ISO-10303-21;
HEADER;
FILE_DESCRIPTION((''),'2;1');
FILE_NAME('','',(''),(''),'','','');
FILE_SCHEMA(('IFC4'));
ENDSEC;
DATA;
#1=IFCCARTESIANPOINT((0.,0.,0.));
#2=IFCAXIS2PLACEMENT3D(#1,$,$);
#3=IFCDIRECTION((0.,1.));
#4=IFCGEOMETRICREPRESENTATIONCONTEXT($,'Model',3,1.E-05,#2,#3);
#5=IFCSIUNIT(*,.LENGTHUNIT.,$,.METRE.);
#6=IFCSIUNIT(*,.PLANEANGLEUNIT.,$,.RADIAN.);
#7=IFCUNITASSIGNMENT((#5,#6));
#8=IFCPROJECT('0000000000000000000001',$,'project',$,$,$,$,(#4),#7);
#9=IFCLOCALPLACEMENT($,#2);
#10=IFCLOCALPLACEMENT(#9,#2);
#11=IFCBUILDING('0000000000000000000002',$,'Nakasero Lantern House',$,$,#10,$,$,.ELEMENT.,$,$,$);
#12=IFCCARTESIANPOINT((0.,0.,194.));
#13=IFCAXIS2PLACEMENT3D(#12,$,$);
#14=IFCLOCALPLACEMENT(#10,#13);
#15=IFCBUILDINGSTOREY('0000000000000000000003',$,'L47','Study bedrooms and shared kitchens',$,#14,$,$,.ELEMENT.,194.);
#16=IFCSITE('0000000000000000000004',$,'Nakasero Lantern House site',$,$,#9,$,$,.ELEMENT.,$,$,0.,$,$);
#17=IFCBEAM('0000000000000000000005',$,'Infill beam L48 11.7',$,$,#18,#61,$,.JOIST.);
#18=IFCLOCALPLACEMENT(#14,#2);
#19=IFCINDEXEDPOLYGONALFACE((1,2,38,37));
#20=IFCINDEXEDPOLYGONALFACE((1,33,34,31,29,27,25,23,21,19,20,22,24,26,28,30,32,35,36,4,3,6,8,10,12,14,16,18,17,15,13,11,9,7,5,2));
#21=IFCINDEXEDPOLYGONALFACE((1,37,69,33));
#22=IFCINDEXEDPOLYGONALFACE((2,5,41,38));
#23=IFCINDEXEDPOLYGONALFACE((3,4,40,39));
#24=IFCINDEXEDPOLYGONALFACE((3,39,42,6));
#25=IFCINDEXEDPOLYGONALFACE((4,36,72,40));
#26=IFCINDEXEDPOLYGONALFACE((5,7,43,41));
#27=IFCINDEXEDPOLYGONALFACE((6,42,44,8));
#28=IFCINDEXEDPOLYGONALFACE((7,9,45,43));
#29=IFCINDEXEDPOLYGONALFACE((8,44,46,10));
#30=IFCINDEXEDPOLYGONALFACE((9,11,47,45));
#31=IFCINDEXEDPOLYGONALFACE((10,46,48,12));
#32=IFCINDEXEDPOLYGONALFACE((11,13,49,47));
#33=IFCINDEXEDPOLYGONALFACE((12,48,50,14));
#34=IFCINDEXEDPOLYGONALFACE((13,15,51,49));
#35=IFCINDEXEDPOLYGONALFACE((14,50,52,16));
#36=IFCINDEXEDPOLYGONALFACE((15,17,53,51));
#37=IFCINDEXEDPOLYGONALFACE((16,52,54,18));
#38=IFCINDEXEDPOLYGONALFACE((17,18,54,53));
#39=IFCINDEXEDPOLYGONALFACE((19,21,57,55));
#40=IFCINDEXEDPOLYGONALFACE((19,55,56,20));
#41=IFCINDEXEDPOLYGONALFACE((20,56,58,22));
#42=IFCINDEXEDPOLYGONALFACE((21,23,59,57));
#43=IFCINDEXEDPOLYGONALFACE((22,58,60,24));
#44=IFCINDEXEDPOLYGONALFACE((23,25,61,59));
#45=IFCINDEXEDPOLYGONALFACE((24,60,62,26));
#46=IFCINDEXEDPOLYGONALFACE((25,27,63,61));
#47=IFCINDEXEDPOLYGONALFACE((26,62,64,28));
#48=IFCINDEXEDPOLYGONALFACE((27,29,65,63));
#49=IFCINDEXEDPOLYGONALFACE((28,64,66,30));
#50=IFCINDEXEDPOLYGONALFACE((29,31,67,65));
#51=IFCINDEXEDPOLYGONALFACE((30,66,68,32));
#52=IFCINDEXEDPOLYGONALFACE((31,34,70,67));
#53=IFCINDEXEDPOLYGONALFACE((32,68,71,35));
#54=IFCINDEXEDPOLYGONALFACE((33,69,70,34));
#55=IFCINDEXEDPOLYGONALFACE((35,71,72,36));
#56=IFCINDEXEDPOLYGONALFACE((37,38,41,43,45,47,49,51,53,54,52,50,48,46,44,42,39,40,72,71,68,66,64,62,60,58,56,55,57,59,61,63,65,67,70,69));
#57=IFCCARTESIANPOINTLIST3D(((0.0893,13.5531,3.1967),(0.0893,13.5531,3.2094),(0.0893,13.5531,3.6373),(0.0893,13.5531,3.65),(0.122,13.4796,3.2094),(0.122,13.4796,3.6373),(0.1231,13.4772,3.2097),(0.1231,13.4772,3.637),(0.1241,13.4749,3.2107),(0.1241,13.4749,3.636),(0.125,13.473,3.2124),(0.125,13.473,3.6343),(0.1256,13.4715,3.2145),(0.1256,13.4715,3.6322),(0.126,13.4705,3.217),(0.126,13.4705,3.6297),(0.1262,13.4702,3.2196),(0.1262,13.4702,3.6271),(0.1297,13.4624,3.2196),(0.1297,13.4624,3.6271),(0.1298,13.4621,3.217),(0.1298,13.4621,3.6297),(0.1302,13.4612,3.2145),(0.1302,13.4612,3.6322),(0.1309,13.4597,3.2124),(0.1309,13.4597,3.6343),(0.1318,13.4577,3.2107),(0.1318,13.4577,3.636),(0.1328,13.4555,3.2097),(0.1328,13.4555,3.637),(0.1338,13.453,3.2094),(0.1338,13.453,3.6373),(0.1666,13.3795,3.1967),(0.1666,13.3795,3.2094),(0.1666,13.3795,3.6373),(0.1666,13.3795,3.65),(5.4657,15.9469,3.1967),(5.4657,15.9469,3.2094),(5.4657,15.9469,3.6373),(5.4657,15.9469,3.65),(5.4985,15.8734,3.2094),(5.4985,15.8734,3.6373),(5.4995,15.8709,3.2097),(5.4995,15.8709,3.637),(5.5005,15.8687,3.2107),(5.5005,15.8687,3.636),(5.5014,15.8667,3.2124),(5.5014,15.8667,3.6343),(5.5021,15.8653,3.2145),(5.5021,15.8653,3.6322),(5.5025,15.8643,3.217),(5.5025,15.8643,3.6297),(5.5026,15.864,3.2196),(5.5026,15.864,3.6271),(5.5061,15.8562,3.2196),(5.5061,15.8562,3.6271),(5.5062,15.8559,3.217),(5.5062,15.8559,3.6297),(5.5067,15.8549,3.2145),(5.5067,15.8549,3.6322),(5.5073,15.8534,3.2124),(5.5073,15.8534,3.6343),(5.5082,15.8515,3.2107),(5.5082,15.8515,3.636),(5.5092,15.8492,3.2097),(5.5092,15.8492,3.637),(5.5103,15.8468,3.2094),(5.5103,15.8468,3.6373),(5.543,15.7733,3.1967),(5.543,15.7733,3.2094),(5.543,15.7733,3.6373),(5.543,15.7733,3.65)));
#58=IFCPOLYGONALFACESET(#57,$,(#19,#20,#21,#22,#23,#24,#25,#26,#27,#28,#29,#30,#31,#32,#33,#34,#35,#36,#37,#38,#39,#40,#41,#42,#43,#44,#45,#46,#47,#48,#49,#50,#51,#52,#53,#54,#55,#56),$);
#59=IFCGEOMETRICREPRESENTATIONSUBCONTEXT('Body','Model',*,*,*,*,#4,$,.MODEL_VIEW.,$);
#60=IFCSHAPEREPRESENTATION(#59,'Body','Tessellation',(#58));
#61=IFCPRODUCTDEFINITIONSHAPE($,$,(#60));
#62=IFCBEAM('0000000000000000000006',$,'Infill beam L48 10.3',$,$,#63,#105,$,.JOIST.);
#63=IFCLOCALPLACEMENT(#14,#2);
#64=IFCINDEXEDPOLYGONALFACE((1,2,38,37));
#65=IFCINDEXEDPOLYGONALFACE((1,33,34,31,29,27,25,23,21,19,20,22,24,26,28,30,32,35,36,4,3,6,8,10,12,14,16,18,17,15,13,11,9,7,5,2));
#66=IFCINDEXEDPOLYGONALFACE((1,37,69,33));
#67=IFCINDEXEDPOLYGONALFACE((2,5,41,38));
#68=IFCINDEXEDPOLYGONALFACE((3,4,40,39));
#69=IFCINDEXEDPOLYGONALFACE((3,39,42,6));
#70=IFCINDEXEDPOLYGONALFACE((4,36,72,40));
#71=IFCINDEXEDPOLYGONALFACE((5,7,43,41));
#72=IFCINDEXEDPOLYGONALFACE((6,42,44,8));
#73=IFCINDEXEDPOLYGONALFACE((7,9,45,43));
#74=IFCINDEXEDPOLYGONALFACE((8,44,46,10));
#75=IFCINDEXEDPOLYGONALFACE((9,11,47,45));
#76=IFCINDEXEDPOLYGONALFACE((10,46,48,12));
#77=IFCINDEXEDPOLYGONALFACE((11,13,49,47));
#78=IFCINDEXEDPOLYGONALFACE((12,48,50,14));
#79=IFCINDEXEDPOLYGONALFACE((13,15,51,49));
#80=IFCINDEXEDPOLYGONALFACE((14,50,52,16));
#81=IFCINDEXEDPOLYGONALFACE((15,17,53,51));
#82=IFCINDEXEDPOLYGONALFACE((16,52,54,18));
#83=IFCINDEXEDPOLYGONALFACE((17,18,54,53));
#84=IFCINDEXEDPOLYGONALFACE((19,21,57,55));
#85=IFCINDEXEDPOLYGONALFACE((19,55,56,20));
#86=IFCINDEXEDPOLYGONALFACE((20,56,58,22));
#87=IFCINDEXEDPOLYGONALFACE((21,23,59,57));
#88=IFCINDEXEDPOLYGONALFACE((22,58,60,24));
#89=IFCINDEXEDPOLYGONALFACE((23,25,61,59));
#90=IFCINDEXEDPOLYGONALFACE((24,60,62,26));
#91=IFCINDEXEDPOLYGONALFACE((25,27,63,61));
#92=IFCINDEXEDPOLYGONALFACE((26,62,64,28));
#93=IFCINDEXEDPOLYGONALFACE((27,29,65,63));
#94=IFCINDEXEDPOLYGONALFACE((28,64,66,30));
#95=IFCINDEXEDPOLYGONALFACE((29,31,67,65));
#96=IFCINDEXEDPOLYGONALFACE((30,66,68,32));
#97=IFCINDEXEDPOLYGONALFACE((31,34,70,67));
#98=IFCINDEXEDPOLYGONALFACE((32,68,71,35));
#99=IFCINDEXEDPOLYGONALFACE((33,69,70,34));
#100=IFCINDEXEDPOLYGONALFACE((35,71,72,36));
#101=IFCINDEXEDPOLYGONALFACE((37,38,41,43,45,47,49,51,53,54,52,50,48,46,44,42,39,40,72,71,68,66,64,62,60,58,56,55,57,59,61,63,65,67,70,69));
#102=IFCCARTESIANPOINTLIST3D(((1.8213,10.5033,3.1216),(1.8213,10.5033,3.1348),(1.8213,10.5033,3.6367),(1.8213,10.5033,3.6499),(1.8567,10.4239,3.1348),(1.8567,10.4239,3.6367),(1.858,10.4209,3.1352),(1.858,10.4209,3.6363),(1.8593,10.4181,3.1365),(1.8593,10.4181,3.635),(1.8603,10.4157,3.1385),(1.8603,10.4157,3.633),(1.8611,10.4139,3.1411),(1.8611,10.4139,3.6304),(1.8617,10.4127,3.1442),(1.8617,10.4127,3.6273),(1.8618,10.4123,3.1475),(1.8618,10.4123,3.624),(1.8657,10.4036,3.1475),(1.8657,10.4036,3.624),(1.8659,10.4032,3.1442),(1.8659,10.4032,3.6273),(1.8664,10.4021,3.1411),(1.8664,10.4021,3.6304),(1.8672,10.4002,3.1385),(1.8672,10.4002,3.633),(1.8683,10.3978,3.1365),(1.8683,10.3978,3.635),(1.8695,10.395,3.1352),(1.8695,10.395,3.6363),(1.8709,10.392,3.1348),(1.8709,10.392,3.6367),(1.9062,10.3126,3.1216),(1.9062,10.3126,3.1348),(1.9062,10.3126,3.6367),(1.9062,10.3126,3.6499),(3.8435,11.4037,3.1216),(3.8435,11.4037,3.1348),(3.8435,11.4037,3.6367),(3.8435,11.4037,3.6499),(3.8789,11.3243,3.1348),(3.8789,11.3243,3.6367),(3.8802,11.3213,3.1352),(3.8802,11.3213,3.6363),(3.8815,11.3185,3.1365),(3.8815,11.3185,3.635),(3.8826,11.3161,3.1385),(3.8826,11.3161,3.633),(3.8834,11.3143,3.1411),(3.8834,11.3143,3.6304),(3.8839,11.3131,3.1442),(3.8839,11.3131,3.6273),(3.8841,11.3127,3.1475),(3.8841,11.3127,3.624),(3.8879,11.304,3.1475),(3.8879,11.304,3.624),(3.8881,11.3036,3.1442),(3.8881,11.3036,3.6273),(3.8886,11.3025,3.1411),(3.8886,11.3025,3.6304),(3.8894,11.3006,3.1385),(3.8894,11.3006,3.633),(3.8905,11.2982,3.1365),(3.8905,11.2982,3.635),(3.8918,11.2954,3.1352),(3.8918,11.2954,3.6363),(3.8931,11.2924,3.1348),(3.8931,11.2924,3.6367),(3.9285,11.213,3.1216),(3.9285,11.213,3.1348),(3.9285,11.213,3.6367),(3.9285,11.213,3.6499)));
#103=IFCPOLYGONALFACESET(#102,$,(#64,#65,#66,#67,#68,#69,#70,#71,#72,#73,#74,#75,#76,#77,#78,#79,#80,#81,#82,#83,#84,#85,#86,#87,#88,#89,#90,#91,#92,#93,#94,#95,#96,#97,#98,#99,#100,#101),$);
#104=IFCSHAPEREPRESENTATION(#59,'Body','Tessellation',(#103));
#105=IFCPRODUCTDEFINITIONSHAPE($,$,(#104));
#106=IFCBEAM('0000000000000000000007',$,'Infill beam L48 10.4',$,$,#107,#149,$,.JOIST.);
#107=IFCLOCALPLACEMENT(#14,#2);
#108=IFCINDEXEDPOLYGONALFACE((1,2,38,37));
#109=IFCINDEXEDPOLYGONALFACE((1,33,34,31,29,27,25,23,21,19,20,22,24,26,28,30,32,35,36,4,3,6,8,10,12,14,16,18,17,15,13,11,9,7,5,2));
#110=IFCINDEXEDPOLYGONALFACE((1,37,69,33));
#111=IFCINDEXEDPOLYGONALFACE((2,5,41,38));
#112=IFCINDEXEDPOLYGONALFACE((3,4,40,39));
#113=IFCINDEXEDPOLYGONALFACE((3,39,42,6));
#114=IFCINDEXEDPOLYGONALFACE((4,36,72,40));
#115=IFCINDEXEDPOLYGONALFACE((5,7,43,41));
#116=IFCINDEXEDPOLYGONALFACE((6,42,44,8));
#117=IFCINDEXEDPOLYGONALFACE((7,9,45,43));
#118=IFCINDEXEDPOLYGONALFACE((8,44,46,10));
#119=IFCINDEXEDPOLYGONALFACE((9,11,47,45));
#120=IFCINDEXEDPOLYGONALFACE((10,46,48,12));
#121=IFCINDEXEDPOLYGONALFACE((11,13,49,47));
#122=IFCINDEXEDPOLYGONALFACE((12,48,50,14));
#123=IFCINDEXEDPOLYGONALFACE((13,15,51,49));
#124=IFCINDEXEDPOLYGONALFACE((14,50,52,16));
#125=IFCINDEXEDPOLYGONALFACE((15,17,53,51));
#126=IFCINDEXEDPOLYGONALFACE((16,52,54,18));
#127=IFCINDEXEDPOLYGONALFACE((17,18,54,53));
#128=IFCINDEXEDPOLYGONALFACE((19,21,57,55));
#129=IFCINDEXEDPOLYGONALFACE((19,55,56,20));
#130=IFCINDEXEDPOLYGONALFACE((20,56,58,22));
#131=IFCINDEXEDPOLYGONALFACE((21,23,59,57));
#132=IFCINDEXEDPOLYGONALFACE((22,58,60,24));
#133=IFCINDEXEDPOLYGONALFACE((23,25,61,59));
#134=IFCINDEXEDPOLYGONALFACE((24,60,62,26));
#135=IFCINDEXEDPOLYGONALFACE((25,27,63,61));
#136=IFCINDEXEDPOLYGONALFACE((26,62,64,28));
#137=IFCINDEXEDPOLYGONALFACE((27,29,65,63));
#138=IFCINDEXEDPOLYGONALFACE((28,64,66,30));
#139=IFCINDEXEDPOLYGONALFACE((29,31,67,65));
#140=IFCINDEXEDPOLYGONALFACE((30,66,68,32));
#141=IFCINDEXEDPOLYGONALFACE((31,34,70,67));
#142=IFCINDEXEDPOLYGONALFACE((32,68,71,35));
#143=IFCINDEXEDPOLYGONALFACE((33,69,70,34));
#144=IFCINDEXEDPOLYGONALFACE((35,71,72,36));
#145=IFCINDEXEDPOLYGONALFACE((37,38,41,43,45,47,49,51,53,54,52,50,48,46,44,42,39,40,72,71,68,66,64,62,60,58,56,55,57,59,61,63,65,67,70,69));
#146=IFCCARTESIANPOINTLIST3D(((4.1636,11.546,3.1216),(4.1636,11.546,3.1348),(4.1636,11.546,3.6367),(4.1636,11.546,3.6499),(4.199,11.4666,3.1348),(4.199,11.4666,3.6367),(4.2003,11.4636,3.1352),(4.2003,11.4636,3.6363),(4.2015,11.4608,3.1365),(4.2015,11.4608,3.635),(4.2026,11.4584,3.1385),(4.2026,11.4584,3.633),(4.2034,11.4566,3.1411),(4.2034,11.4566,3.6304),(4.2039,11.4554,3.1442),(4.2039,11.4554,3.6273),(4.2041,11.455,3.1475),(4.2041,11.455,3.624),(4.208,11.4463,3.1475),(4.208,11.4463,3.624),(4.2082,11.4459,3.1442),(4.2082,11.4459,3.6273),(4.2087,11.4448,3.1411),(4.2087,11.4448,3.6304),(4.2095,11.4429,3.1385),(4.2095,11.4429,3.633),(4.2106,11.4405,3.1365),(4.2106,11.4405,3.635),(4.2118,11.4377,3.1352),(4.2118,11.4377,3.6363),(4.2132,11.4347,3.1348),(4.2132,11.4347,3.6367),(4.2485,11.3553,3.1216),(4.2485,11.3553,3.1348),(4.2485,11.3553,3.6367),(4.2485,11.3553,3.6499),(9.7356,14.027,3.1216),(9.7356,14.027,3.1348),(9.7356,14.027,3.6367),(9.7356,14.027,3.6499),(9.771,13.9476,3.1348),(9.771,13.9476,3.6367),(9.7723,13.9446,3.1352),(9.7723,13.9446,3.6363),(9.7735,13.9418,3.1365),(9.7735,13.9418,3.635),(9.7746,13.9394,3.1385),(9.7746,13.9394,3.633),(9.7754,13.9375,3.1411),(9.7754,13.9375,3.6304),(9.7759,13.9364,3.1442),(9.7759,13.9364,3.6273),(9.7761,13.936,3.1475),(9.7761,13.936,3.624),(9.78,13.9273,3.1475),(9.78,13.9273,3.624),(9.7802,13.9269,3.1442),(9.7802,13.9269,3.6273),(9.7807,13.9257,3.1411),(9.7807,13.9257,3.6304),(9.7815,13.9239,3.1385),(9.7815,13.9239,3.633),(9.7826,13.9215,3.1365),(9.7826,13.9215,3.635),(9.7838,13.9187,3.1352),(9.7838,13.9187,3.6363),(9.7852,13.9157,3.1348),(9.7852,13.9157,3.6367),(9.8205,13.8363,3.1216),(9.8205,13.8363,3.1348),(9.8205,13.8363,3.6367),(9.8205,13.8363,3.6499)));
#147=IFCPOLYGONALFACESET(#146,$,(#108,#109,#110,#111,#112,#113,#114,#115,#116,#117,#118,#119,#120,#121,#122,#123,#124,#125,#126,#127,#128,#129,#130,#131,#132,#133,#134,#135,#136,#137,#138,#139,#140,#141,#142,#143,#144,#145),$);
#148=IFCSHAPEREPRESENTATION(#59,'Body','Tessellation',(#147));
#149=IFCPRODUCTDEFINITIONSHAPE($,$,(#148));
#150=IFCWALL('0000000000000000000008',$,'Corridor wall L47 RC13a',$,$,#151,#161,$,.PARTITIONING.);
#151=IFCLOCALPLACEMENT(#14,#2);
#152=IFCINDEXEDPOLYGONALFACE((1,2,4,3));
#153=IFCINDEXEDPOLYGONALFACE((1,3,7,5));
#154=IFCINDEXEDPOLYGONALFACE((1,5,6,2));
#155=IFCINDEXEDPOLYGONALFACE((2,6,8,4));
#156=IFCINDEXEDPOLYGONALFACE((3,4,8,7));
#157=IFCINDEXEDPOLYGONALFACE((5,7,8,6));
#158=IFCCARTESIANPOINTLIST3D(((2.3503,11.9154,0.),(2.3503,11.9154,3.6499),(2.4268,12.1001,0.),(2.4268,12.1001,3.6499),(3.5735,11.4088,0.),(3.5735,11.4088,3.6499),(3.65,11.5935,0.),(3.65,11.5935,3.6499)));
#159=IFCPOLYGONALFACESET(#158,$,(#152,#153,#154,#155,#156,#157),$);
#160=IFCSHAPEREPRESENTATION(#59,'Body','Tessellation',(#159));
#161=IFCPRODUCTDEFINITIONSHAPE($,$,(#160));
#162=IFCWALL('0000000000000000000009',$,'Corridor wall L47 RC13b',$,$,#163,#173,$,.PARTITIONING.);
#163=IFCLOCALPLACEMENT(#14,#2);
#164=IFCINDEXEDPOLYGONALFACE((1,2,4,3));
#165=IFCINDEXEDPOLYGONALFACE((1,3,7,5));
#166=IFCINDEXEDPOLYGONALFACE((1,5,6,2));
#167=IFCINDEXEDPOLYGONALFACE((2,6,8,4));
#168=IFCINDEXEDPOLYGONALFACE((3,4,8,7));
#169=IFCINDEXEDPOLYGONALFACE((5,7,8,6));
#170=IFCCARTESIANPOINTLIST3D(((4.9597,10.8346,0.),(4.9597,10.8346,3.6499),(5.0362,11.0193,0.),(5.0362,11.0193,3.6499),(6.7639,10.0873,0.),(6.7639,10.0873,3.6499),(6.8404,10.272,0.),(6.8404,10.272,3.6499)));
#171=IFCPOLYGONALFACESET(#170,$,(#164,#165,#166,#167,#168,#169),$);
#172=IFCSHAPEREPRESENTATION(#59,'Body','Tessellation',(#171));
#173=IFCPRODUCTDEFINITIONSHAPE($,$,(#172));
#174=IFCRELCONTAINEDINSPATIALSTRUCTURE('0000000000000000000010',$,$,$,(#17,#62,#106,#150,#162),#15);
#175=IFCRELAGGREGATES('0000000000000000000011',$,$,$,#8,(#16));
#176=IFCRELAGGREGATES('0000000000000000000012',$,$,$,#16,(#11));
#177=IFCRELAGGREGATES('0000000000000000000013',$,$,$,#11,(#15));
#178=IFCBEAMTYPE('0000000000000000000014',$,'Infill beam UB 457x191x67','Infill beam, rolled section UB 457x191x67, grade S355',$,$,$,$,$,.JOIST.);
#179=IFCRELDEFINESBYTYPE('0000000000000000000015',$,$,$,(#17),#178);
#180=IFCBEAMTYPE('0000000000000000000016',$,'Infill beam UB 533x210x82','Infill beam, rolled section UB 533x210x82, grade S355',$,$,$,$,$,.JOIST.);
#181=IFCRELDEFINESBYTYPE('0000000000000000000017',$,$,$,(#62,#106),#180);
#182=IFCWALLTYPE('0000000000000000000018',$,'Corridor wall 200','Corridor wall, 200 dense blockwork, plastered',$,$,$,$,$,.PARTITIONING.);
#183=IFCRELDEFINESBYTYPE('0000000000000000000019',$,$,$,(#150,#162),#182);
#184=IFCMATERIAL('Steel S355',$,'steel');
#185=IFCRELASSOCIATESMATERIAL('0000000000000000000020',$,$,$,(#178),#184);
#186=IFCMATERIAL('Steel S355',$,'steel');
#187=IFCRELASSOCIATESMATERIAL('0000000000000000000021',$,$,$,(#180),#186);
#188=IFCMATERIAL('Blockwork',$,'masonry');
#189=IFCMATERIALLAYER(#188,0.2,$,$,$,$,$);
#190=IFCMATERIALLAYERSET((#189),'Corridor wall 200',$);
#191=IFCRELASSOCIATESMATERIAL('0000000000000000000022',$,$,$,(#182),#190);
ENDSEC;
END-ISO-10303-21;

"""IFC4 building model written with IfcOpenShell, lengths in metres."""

from ifc_helpers import new_model, si_unit, direction, frame, frame_2d, origin, origin_2d, place, context, subcontext, project, spatial, rectangle, i_section, extrude, material, layer, layer_set, material_profile, profile_set, type_object, element, save


model = new_model("IFC4")

# Units and contexts
model_context = context("Model", 3, precision=1e-05, world=origin(), true_north=direction((0.0, 1.0)))
body_context = subcontext(model_context, "Body", "Model", "MODEL_VIEW")
ifc_project = project(units=[si_unit("LENGTHUNIT", "METRE"), si_unit("PLANEANGLEUNIT", "RADIAN")], contexts=[model_context])

# Site, building, storey
site_placement = place(None, origin())
site = spatial("IfcSite", under=ifc_project, at=site_placement, Name="Nakasero Lantern House site", CompositionType="ELEMENT", RefElevation=0.0)
building_placement = place(site_placement, origin())
building = spatial("IfcBuilding", under=site, at=building_placement, Name="Nakasero Lantern House", CompositionType="ELEMENT")
storey_placement = place(building_placement, frame((0.0, 0.0, 194.0)))
storey = spatial("IfcBuildingStorey", under=building, at=storey_placement, Name="L47", Description="Study bedrooms and shared kitchens", CompositionType="ELEMENT", Elevation=194.0)

# Beams
ifc_material_1 = material(Name="Steel S355", Category="steel")
ifc_material_profile_1 = material_profile(ifc_material_1, i_section(OverallWidth=0.1899, OverallDepth=0.4534, WebThickness=0.0085, FlangeThickness=0.0127, FilletRadius=0.0103, at=origin_2d()), Name="UB 457x191x67")
ifc_profile_set_1 = profile_set([ifc_material_profile_1], Name="Steel S355")
beam_type_1 = type_object("IfcBeamType", Name="Infill beam UB 457x191x67", Description="Infill beam, rolled section UB 457x191x67, grade S355", PredefinedType="JOIST", material=ifc_profile_set_1)
beam_1_placement = place(storey_placement, frame((0.1279, 13.4663, 3.4233), z_axis=(0.913543, 0.406743, 0.0), x_axis=(-0.406743, 0.913543, 0.0)))
element("IfcBeam", 1, at=beam_1_placement, inside=storey, type_object=beam_type_1, Name="Infill beam L48 11.7", PredefinedType="JOIST", context=body_context, shape_type="SweptSolid", body=[
    extrude(i_section(OverallWidth=0.1899, OverallDepth=0.4534, WebThickness=0.0085, FlangeThickness=0.0127, FilletRadius=0.0103, at=origin_2d()), origin(), (0.0, 0.0, 1.0), 5.8853),
])
ifc_material_2 = material(Name="Steel S355", Category="steel")
ifc_material_profile_2 = material_profile(ifc_material_2, i_section(OverallWidth=0.2087, OverallDepth=0.5283, WebThickness=0.0095, FlangeThickness=0.0132, FilletRadius=0.0127, at=origin_2d()), Name="UB 533x210x82")
ifc_profile_set_2 = profile_set([ifc_material_profile_2], Name="Steel S355")
beam_type_2 = type_object("IfcBeamType", Name="Infill beam UB 533x210x82", Description="Infill beam, rolled section UB 533x210x82, grade S355", PredefinedType="JOIST", material=ifc_profile_set_2)
beam_2_placement = place(storey_placement, frame((1.8638, 10.408, 3.3857), z_axis=(0.913538, 0.406752, 0.0), x_axis=(-0.406752, 0.913538, 0.0)))
element("IfcBeam", 2, at=beam_2_placement, inside=storey, type_object=beam_type_2, Name="Infill beam L48 10.3", PredefinedType="JOIST", context=body_context, shape_type="SweptSolid", body=[
    extrude(i_section(OverallWidth=0.2087, OverallDepth=0.5283, WebThickness=0.0095, FlangeThickness=0.0132, FilletRadius=0.0127, at=origin_2d()), origin(), (0.0, 0.0, 1.0), 2.2136),
])
beam_3_placement = place(storey_placement, frame((4.2061, 11.4507, 3.3857), z_axis=(0.913537, 0.406755, 0.0), x_axis=(-0.406755, 0.913537, 0.0)))
element("IfcBeam", 3, at=beam_3_placement, inside=storey, type_object=beam_type_2, Name="Infill beam L48 10.4", PredefinedType="JOIST", context=body_context, shape_type="SweptSolid", body=[
    extrude(i_section(OverallWidth=0.2087, OverallDepth=0.5283, WebThickness=0.0095, FlangeThickness=0.0132, FilletRadius=0.0127, at=origin_2d()), origin(), (0.0, 0.0, 1.0), 6.0994),
])

# Walls
ifc_material_3 = material(Name="Blockwork", Category="masonry")
ifc_layer_1 = layer(ifc_material_3, 0.2)
ifc_layer_set_1 = layer_set([ifc_layer_1], Name="Corridor wall 200")
wall_type_1 = type_object("IfcWallType", Name="Corridor wall 200", Description="Corridor wall, 200 dense blockwork, plastered", PredefinedType="PARTITIONING", material=ifc_layer_set_1)
wall_1_placement = place(storey_placement, frame((2.3884, 12.0078, 0.0), z_axis=(0.0, 0.0, 1.0), x_axis=(0.923893, -0.38265, 0.0)))
element("IfcWall", 4, at=wall_1_placement, inside=storey, type_object=wall_type_1, Name="Corridor wall L47 RC13a", PredefinedType="PARTITIONING", context=body_context, shape_type="SweptSolid", body=[
    extrude(rectangle(XDim=1.324, YDim=0.2, at=frame_2d((0.6621, 0.0))), origin(), (0.0, 0.0, 1.0), 3.6499),
])
wall_2_placement = place(storey_placement, frame((4.9978, 10.927, 0.0), z_axis=(0.0, 0.0, 1.0), x_axis=(0.923881, -0.382679, 0.0)))
element("IfcWall", 5, at=wall_2_placement, inside=storey, type_object=wall_type_1, Name="Corridor wall L47 RC13b", PredefinedType="PARTITIONING", context=body_context, shape_type="SweptSolid", body=[
    extrude(rectangle(XDim=1.9529, YDim=0.2, at=frame_2d((0.9766, 0.0))), origin(), (0.0, 0.0, 1.0), 3.6499),
])

save(model, "model.ifc")
